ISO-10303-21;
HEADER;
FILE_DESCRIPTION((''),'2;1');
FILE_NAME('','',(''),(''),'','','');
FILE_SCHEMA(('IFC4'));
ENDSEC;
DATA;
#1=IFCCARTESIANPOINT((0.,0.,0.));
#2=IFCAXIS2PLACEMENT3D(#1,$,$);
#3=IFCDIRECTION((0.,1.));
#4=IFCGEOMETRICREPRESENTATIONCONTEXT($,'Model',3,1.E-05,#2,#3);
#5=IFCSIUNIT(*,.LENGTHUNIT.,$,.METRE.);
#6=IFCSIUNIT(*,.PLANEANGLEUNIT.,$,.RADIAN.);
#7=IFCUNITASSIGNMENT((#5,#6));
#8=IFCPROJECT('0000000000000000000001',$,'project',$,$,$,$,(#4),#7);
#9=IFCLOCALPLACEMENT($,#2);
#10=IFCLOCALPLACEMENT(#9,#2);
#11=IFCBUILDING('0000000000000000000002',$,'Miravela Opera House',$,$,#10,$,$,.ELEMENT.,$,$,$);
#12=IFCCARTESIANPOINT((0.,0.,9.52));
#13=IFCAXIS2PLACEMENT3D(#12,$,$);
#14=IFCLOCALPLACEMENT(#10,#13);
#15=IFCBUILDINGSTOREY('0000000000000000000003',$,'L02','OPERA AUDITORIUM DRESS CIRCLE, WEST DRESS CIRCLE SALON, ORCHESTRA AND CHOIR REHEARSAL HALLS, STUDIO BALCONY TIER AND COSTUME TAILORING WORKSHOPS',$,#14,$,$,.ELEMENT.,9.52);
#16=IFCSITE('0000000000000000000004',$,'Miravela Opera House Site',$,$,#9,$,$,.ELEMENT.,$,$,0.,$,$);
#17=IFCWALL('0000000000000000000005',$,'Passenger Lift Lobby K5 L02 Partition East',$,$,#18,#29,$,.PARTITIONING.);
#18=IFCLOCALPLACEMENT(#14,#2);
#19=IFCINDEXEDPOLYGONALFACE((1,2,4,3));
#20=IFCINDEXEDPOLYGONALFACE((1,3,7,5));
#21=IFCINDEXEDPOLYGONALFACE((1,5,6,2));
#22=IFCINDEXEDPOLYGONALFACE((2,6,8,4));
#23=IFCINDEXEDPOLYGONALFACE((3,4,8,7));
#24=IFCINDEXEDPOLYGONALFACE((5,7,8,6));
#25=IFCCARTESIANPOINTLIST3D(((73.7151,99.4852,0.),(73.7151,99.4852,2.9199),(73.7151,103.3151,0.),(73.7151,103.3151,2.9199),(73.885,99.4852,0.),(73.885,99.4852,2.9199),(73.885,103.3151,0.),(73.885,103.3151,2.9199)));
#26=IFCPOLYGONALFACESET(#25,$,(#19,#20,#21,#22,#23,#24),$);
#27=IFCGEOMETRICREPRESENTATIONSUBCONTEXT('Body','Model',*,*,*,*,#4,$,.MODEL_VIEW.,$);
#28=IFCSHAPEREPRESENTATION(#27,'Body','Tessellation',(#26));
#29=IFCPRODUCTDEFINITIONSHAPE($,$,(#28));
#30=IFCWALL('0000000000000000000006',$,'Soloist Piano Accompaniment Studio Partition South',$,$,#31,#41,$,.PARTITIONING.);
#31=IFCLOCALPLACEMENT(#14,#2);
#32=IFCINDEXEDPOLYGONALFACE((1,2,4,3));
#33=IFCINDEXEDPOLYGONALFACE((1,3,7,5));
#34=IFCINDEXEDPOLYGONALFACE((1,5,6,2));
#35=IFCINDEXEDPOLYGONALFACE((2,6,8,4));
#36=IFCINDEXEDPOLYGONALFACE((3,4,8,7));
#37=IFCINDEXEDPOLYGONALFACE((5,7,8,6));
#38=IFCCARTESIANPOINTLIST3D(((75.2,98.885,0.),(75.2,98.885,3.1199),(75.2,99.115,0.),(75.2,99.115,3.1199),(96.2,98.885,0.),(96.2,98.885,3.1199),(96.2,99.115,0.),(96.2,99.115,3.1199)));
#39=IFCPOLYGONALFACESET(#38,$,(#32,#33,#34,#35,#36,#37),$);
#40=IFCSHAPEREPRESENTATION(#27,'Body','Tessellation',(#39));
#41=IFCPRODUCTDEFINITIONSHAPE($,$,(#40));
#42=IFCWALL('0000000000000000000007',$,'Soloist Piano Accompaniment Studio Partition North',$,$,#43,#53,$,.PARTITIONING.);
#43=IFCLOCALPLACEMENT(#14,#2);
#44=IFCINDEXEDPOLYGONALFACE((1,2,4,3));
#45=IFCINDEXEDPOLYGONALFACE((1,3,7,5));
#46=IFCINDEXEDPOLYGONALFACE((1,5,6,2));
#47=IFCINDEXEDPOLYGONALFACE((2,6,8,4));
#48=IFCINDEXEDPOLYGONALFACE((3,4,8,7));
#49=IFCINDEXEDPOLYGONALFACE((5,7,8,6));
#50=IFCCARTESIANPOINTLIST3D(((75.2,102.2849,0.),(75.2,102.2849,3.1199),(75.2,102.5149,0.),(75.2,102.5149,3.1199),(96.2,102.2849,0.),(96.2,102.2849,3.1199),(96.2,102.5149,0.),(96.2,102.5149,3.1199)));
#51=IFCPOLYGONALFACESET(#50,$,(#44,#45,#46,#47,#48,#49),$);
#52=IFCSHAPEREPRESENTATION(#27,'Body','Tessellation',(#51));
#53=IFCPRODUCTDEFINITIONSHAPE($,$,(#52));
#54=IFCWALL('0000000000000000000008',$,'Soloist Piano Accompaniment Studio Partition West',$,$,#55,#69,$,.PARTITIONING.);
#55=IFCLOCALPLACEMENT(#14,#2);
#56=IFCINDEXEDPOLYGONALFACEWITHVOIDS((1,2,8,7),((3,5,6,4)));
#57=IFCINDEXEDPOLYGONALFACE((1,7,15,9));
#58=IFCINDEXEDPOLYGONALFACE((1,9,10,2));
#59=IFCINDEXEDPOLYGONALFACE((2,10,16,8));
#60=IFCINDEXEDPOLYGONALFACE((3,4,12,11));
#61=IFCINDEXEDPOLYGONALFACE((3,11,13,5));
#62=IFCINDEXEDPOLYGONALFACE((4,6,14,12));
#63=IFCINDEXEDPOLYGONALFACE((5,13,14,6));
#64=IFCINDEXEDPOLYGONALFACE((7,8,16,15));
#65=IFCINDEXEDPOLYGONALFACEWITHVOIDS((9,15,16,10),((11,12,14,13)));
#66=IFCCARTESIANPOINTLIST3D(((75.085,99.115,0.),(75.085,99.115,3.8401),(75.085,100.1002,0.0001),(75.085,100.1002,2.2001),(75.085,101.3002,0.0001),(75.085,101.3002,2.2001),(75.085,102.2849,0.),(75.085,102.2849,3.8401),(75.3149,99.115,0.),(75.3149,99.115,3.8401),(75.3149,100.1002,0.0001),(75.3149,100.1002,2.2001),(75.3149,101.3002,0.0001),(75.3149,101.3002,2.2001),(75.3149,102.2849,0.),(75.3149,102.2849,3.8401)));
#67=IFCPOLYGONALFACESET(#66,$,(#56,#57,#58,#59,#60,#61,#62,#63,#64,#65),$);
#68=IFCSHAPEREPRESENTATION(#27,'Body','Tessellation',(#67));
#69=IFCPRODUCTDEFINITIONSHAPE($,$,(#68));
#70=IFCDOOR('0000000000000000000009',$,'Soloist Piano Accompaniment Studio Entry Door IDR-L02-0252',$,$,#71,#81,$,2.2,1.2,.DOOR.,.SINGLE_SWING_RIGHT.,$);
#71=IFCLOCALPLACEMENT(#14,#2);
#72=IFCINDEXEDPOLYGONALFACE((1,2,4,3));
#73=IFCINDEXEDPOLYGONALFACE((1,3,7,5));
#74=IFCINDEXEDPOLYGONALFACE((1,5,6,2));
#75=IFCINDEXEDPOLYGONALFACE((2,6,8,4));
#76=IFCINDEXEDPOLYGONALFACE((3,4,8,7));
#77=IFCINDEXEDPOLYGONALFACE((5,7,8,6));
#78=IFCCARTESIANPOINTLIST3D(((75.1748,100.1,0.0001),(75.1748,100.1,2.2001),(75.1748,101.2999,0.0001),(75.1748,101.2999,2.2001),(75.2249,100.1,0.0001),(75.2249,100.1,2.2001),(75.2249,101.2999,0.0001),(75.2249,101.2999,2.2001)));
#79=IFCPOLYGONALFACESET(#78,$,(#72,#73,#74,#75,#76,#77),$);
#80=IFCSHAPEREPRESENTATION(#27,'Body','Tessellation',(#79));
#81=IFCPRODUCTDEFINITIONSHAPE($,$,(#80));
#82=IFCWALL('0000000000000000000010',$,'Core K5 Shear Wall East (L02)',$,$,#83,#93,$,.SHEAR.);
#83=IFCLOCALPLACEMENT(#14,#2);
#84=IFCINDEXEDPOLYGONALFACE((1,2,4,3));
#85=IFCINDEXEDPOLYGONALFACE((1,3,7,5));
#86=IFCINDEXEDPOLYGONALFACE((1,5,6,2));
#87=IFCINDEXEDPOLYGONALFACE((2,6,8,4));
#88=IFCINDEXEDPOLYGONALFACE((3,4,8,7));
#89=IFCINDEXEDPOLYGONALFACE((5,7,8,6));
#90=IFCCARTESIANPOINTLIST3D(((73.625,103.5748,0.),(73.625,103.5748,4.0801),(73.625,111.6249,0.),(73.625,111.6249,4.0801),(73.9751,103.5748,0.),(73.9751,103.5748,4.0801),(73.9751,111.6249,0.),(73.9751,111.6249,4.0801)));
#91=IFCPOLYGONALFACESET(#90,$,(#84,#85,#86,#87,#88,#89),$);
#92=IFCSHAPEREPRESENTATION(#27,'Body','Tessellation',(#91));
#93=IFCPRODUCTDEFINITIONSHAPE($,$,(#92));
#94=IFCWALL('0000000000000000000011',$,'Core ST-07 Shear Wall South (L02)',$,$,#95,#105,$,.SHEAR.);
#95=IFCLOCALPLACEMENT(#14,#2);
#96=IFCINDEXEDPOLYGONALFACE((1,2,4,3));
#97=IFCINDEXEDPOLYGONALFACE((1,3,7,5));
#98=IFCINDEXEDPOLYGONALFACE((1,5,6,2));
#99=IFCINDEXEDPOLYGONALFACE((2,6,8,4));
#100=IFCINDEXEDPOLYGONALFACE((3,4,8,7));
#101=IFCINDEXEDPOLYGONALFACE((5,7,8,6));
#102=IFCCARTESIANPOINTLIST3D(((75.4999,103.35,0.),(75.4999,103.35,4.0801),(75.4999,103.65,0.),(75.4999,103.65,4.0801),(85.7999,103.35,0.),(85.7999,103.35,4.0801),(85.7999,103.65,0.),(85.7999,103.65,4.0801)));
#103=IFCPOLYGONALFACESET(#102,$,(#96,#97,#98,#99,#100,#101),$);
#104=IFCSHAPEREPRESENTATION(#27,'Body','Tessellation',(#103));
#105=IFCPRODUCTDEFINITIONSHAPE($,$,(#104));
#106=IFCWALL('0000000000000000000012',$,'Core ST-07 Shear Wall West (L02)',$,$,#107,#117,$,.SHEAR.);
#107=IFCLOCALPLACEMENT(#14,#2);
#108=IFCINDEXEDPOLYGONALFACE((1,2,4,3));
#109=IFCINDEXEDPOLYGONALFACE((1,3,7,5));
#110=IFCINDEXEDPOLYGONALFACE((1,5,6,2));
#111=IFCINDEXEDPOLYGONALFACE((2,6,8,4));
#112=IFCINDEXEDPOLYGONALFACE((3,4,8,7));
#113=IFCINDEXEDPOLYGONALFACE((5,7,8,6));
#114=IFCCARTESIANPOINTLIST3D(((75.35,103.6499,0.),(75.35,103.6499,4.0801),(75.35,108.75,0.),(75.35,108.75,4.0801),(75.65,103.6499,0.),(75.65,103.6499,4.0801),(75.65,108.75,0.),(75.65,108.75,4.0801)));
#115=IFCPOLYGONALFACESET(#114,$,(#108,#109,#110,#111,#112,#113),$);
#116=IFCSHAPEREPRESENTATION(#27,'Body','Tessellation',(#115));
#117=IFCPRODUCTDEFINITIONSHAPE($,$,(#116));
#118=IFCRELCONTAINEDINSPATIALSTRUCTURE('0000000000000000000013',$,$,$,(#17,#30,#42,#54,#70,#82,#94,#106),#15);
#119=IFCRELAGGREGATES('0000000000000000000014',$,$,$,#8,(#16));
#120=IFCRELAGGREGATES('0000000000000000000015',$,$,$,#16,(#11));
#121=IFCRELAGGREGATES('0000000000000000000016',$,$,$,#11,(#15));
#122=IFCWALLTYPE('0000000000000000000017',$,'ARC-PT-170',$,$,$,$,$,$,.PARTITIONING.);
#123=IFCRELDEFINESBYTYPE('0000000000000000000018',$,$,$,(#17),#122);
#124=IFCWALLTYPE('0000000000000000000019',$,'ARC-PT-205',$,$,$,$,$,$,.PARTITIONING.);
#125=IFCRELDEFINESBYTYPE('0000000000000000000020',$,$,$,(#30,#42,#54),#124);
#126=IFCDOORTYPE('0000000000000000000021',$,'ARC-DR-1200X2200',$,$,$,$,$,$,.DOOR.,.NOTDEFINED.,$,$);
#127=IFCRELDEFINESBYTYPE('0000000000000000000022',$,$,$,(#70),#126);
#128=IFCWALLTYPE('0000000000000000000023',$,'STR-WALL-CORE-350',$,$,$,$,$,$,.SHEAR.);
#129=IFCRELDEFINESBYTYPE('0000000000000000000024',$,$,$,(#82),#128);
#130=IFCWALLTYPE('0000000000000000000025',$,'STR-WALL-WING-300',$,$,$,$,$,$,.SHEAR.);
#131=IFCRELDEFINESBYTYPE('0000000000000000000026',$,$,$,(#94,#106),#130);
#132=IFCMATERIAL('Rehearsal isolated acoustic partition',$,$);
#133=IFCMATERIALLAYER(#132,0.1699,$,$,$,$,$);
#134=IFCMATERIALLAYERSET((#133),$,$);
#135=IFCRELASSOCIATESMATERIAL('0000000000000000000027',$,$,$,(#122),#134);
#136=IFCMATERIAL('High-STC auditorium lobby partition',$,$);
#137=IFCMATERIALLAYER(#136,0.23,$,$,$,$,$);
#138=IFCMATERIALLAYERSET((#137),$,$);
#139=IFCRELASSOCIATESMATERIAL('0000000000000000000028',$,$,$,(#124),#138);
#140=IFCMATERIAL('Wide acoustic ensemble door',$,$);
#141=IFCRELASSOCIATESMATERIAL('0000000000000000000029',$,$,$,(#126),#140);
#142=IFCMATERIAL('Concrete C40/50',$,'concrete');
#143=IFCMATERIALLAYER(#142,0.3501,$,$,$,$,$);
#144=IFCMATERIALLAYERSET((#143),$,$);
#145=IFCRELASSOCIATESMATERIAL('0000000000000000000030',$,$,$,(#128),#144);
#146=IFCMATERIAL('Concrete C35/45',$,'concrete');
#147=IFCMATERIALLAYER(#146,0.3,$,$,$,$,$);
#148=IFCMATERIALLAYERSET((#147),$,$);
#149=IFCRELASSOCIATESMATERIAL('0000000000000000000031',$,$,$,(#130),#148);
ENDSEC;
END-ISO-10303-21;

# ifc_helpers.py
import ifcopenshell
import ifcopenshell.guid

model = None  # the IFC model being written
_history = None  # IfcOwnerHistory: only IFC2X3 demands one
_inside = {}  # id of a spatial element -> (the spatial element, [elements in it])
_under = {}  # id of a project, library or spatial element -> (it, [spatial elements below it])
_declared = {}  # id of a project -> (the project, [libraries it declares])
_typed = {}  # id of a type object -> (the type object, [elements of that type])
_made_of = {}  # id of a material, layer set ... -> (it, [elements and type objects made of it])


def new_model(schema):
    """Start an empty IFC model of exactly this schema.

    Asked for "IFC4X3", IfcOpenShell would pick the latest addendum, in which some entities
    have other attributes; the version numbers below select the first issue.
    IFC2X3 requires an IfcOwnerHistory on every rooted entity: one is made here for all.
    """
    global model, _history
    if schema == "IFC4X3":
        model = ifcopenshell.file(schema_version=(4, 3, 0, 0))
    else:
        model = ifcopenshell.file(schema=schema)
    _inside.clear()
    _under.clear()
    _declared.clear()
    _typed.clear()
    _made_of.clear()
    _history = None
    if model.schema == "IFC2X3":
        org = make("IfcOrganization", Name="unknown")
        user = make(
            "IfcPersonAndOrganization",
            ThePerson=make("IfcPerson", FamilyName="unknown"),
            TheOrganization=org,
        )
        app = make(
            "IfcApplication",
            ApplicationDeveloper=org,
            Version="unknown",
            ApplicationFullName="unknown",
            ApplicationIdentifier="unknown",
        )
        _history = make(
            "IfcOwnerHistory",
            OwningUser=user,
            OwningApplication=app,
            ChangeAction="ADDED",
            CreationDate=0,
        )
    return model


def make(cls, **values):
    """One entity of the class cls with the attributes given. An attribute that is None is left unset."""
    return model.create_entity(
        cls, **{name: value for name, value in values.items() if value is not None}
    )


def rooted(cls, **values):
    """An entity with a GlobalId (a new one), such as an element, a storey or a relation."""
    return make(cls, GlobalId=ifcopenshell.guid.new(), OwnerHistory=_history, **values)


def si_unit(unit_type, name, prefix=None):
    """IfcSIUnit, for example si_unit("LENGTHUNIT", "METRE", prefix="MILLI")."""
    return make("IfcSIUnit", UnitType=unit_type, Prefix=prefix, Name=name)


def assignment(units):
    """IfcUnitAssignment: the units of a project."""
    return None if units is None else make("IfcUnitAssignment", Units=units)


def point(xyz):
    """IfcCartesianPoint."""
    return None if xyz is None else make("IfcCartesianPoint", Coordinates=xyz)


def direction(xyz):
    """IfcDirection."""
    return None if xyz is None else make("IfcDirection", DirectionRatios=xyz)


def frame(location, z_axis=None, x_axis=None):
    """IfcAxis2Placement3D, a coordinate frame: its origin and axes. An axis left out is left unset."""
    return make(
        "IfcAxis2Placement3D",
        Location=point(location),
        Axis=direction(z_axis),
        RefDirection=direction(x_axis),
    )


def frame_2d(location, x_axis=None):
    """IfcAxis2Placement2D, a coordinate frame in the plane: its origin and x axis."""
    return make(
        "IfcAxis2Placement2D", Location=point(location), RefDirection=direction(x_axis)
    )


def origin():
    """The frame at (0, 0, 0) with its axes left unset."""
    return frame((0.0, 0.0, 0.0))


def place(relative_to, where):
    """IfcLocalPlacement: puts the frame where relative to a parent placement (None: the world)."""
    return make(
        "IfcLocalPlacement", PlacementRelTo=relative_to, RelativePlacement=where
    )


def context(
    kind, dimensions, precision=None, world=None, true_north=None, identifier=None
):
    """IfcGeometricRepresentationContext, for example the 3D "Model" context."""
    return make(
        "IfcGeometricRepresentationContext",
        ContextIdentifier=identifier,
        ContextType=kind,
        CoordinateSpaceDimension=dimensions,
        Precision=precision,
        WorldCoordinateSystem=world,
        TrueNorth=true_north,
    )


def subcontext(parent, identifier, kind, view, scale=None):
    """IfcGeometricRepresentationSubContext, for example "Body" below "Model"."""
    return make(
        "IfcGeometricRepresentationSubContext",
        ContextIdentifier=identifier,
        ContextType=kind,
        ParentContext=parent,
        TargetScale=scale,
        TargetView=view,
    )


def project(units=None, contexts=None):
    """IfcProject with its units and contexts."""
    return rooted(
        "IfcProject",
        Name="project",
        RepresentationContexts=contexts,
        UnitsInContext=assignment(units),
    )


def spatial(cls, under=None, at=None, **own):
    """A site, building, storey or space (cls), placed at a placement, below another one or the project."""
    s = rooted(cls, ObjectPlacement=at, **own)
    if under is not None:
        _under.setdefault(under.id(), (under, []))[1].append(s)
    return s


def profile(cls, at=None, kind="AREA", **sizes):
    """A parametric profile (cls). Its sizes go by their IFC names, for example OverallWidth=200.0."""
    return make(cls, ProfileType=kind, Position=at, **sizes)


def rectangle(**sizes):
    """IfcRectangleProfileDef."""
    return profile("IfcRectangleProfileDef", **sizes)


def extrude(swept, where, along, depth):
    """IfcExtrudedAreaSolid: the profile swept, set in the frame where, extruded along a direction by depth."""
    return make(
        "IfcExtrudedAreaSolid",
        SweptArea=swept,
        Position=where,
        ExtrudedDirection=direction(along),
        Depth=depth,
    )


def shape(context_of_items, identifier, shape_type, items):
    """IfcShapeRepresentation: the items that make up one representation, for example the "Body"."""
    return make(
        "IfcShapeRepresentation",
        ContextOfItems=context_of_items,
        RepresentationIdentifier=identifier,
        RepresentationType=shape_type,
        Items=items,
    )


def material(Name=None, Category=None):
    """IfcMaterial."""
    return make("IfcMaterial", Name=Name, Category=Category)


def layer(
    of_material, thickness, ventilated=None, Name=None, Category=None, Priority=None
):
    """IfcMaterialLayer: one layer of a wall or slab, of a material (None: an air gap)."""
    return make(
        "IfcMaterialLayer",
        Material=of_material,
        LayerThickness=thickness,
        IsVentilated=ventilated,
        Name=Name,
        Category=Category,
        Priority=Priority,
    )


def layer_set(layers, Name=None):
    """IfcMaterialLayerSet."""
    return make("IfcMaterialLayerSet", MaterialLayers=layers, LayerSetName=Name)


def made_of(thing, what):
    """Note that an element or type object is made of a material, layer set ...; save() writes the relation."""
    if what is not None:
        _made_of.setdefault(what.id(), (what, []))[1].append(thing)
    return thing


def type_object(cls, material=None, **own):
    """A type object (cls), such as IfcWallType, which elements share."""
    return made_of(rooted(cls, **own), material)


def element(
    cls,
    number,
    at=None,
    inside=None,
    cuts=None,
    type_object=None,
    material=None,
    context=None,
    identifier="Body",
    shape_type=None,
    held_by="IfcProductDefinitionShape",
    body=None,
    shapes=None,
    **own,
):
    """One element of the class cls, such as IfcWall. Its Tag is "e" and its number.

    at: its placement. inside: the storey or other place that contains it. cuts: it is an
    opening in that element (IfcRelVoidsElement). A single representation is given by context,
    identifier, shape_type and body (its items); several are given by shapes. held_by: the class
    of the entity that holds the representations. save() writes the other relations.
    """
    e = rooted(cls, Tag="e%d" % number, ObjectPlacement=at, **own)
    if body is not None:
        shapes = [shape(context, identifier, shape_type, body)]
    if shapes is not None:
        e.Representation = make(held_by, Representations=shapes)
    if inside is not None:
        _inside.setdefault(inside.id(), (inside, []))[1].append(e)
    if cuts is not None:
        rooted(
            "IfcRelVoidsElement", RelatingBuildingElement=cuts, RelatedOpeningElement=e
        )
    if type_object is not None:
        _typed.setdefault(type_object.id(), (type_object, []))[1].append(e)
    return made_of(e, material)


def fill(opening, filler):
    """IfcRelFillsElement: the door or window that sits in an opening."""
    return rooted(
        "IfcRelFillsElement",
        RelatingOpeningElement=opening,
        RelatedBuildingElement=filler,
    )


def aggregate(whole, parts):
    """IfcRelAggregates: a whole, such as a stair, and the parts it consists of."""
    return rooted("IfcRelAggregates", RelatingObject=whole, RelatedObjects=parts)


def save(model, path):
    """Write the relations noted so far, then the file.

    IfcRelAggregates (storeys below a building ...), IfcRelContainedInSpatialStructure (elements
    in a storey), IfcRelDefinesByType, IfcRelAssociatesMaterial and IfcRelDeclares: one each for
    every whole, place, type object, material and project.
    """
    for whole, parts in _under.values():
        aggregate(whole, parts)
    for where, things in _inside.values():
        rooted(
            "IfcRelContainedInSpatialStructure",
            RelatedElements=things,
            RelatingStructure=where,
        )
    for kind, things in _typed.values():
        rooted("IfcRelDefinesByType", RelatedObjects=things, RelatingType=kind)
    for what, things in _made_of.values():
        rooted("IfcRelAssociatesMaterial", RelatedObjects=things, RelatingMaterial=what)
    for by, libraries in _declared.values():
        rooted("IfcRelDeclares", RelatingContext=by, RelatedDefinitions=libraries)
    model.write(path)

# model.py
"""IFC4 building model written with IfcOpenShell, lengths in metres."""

from ifc_helpers import new_model, si_unit, direction, frame, frame_2d, origin, place, context, subcontext, project, spatial, rectangle, extrude, material, layer, layer_set, type_object, element, fill, save


model = new_model("IFC4")

# Units and contexts
model_context = context("Model", 3, precision=1e-05, world=origin(), true_north=direction((0.0, 1.0)))
body_context = subcontext(model_context, "Body", "Model", "MODEL_VIEW")
ifc_project = project(units=[si_unit("LENGTHUNIT", "METRE"), si_unit("PLANEANGLEUNIT", "RADIAN")], contexts=[model_context])

# Site, building, storey
site_placement = place(None, origin())
site = spatial("IfcSite", under=ifc_project, at=site_placement, Name="Miravela Opera House Site", CompositionType="ELEMENT", RefElevation=0.0)
building_placement = place(site_placement, origin())
building = spatial("IfcBuilding", under=site, at=building_placement, Name="Miravela Opera House", CompositionType="ELEMENT")
storey_placement = place(building_placement, frame((0.0, 0.0, 9.52)))
storey = spatial("IfcBuildingStorey", under=building, at=storey_placement, Name="L02", Description="OPERA AUDITORIUM DRESS CIRCLE, WEST DRESS CIRCLE SALON, ORCHESTRA AND CHOIR REHEARSAL HALLS, STUDIO BALCONY TIER AND COSTUME TAILORING WORKSHOPS", CompositionType="ELEMENT", Elevation=9.52)

# Shared definitions
ifc_material_1 = material(Name="Concrete C35/45", Category="concrete")

# Shared definitions
ifc_material_2 = material(Name="Concrete C40/50", Category="concrete")

# Walls
ifc_material_3 = material(Name="Rehearsal isolated acoustic partition")
ifc_layer_1 = layer(ifc_material_3, 0.1699)
ifc_layer_set_1 = layer_set([ifc_layer_1])
wall_type_1 = type_object("IfcWallType", Name="ARC-PT-170", PredefinedType="PARTITIONING", material=ifc_layer_set_1)
wall_1_placement = place(storey_placement, frame((73.8, 99.4851, 0.0), z_axis=(0.0, 0.0, 1.0), x_axis=(0.0, 1.0, 0.0)))
element("IfcWall", 1, at=wall_1_placement, inside=storey, type_object=wall_type_1, Name="Passenger Lift Lobby K5 L02 Partition East", PredefinedType="PARTITIONING", context=body_context, shape_type="SweptSolid", body=[
    extrude(rectangle(XDim=3.8298, YDim=0.1699, at=frame_2d((1.915, 0.0))), origin(), (0.0, 0.0, 1.0), 2.9199),
])
ifc_material_4 = material(Name="High-STC auditorium lobby partition")
ifc_layer_2 = layer(ifc_material_4, 0.23)
ifc_layer_set_2 = layer_set([ifc_layer_2])
wall_type_2 = type_object("IfcWallType", Name="ARC-PT-205", PredefinedType="PARTITIONING", material=ifc_layer_set_2)
for number, where, z_axis, x_axis, name in (
    (2, (75.2, 99.0, 0.0), (0.0, 0.0, 1.0), (1.0, 0.0, 0.0), "Soloist Piano Accompaniment Studio Partition South"),
    (3, (75.2, 102.3999, 0.0), (0.0, 0.0, 1.0), (1.0, 0.0, 0.0), "Soloist Piano Accompaniment Studio Partition North"),
):
    element("IfcWall", number, at=place(storey_placement, frame(where, z_axis=z_axis, x_axis=x_axis)), inside=storey, type_object=wall_type_2, Name=name, PredefinedType="PARTITIONING", context=body_context, shape_type="SweptSolid", body=[
        extrude(rectangle(XDim=21.0, YDim=0.23, at=frame_2d((10.5, 0.0))), origin(), (0.0, 0.0, 1.0), 3.1199),
    ])

# Wall, opening, door
wall_2_placement = place(storey_placement, frame((75.2, 99.115, 0.0), z_axis=(0.0, 0.0, 1.0), x_axis=(0.0, 1.0, 0.0)))
wall_2 = element("IfcWall", 4, at=wall_2_placement, inside=storey, type_object=wall_type_2, Name="Soloist Piano Accompaniment Studio Partition West", PredefinedType="PARTITIONING", context=body_context, shape_type="SweptSolid", body=[
    extrude(rectangle(XDim=3.1699, YDim=0.23, at=frame_2d((1.585, 0.0))), origin(), (0.0, 0.0, 1.0), 3.8401),
])
opening_placement = place(wall_2_placement, frame((0.9851, 0.0, 0.0)))
opening = element("IfcOpeningElement", 5, at=opening_placement, cuts=wall_2, PredefinedType="OPENING", context=body_context, shape_type="SweptSolid", body=[
    extrude(rectangle(XDim=1.2, YDim=2.2, at=frame_2d((0.6001, 1.1001))), frame((0.0, 0.125, 0.0), z_axis=(0.0, -1.0, 0.0), x_axis=(1.0, 0.0, 0.0)), (0.0, 0.0, 1.0), 0.25),
])
ifc_material_5 = material(Name="Wide acoustic ensemble door")
door_type = type_object("IfcDoorType", Name="ARC-DR-1200X2200", OperationType="NOTDEFINED", PredefinedType="DOOR", material=ifc_material_5)
door_placement = place(opening_placement, frame((1.2, 0.0, 0.0), z_axis=(0.0, 0.0, 1.0), x_axis=(-1.0, 0.0, 0.0)))
door = element("IfcDoor", 6, at=door_placement, inside=storey, type_object=door_type, Name="Soloist Piano Accompaniment Studio Entry Door IDR-L02-0252", OperationType="SINGLE_SWING_RIGHT", OverallHeight=2.2, OverallWidth=1.2, PredefinedType="DOOR", context=body_context, shape_type="SweptSolid", body=[
    extrude(rectangle(XDim=1.2, YDim=2.2, at=frame_2d((0.6001, 1.1001))), frame((0.0, 0.0249, 0.0), z_axis=(0.0, -1.0, 0.0), x_axis=(1.0, 0.0, 0.0)), (0.0, 0.0, 1.0), 0.05),
])
fill(opening, door)

# Walls
ifc_layer_3 = layer(ifc_material_2, 0.3501)
ifc_layer_set_3 = layer_set([ifc_layer_3])
wall_type_3 = type_object("IfcWallType", Name="STR-WALL-CORE-350", PredefinedType="SHEAR", material=ifc_layer_set_3)
wall_3_placement = place(storey_placement, frame((73.8, 103.575, 0.0), z_axis=(0.0, 0.0, 1.0), x_axis=(0.0, 1.0, 0.0)))
element("IfcWall", 7, at=wall_3_placement, inside=storey, type_object=wall_type_3, Name="Core K5 Shear Wall East (L02)", PredefinedType="SHEAR", context=body_context, shape_type="SweptSolid", body=[
    extrude(rectangle(XDim=8.05, YDim=0.3501, at=frame_2d((4.0249, 0.0))), origin(), (0.0, 0.0, 1.0), 4.0801),
])
ifc_layer_4 = layer(ifc_material_1, 0.3)
ifc_layer_set_4 = layer_set([ifc_layer_4])
wall_type_4 = type_object("IfcWallType", Name="STR-WALL-WING-300", PredefinedType="SHEAR", material=ifc_layer_set_4)
wall_4_placement = place(storey_placement, frame((75.5, 103.5, 0.0), z_axis=(0.0, 0.0, 1.0), x_axis=(1.0, 0.0, 0.0)))
element("IfcWall", 8, at=wall_4_placement, inside=storey, type_object=wall_type_4, Name="Core ST-07 Shear Wall South (L02)", PredefinedType="SHEAR", context=body_context, shape_type="SweptSolid", body=[
    extrude(rectangle(XDim=10.3, YDim=0.3, at=frame_2d((5.1499, 0.0))), origin(), (0.0, 0.0, 1.0), 4.0801),
])
wall_5_placement = place(storey_placement, frame((75.5, 103.6499, 0.0), z_axis=(0.0, 0.0, 1.0), x_axis=(0.0, 1.0, 0.0)))
element("IfcWall", 9, at=wall_5_placement, inside=storey, type_object=wall_type_4, Name="Core ST-07 Shear Wall West (L02)", PredefinedType="SHEAR", context=body_context, shape_type="SweptSolid", body=[
    extrude(rectangle(XDim=5.1001, YDim=0.3, at=frame_2d((2.55, 0.0))), origin(), (0.0, 0.0, 1.0), 4.0801),
])

save(model, "model.ifc")
